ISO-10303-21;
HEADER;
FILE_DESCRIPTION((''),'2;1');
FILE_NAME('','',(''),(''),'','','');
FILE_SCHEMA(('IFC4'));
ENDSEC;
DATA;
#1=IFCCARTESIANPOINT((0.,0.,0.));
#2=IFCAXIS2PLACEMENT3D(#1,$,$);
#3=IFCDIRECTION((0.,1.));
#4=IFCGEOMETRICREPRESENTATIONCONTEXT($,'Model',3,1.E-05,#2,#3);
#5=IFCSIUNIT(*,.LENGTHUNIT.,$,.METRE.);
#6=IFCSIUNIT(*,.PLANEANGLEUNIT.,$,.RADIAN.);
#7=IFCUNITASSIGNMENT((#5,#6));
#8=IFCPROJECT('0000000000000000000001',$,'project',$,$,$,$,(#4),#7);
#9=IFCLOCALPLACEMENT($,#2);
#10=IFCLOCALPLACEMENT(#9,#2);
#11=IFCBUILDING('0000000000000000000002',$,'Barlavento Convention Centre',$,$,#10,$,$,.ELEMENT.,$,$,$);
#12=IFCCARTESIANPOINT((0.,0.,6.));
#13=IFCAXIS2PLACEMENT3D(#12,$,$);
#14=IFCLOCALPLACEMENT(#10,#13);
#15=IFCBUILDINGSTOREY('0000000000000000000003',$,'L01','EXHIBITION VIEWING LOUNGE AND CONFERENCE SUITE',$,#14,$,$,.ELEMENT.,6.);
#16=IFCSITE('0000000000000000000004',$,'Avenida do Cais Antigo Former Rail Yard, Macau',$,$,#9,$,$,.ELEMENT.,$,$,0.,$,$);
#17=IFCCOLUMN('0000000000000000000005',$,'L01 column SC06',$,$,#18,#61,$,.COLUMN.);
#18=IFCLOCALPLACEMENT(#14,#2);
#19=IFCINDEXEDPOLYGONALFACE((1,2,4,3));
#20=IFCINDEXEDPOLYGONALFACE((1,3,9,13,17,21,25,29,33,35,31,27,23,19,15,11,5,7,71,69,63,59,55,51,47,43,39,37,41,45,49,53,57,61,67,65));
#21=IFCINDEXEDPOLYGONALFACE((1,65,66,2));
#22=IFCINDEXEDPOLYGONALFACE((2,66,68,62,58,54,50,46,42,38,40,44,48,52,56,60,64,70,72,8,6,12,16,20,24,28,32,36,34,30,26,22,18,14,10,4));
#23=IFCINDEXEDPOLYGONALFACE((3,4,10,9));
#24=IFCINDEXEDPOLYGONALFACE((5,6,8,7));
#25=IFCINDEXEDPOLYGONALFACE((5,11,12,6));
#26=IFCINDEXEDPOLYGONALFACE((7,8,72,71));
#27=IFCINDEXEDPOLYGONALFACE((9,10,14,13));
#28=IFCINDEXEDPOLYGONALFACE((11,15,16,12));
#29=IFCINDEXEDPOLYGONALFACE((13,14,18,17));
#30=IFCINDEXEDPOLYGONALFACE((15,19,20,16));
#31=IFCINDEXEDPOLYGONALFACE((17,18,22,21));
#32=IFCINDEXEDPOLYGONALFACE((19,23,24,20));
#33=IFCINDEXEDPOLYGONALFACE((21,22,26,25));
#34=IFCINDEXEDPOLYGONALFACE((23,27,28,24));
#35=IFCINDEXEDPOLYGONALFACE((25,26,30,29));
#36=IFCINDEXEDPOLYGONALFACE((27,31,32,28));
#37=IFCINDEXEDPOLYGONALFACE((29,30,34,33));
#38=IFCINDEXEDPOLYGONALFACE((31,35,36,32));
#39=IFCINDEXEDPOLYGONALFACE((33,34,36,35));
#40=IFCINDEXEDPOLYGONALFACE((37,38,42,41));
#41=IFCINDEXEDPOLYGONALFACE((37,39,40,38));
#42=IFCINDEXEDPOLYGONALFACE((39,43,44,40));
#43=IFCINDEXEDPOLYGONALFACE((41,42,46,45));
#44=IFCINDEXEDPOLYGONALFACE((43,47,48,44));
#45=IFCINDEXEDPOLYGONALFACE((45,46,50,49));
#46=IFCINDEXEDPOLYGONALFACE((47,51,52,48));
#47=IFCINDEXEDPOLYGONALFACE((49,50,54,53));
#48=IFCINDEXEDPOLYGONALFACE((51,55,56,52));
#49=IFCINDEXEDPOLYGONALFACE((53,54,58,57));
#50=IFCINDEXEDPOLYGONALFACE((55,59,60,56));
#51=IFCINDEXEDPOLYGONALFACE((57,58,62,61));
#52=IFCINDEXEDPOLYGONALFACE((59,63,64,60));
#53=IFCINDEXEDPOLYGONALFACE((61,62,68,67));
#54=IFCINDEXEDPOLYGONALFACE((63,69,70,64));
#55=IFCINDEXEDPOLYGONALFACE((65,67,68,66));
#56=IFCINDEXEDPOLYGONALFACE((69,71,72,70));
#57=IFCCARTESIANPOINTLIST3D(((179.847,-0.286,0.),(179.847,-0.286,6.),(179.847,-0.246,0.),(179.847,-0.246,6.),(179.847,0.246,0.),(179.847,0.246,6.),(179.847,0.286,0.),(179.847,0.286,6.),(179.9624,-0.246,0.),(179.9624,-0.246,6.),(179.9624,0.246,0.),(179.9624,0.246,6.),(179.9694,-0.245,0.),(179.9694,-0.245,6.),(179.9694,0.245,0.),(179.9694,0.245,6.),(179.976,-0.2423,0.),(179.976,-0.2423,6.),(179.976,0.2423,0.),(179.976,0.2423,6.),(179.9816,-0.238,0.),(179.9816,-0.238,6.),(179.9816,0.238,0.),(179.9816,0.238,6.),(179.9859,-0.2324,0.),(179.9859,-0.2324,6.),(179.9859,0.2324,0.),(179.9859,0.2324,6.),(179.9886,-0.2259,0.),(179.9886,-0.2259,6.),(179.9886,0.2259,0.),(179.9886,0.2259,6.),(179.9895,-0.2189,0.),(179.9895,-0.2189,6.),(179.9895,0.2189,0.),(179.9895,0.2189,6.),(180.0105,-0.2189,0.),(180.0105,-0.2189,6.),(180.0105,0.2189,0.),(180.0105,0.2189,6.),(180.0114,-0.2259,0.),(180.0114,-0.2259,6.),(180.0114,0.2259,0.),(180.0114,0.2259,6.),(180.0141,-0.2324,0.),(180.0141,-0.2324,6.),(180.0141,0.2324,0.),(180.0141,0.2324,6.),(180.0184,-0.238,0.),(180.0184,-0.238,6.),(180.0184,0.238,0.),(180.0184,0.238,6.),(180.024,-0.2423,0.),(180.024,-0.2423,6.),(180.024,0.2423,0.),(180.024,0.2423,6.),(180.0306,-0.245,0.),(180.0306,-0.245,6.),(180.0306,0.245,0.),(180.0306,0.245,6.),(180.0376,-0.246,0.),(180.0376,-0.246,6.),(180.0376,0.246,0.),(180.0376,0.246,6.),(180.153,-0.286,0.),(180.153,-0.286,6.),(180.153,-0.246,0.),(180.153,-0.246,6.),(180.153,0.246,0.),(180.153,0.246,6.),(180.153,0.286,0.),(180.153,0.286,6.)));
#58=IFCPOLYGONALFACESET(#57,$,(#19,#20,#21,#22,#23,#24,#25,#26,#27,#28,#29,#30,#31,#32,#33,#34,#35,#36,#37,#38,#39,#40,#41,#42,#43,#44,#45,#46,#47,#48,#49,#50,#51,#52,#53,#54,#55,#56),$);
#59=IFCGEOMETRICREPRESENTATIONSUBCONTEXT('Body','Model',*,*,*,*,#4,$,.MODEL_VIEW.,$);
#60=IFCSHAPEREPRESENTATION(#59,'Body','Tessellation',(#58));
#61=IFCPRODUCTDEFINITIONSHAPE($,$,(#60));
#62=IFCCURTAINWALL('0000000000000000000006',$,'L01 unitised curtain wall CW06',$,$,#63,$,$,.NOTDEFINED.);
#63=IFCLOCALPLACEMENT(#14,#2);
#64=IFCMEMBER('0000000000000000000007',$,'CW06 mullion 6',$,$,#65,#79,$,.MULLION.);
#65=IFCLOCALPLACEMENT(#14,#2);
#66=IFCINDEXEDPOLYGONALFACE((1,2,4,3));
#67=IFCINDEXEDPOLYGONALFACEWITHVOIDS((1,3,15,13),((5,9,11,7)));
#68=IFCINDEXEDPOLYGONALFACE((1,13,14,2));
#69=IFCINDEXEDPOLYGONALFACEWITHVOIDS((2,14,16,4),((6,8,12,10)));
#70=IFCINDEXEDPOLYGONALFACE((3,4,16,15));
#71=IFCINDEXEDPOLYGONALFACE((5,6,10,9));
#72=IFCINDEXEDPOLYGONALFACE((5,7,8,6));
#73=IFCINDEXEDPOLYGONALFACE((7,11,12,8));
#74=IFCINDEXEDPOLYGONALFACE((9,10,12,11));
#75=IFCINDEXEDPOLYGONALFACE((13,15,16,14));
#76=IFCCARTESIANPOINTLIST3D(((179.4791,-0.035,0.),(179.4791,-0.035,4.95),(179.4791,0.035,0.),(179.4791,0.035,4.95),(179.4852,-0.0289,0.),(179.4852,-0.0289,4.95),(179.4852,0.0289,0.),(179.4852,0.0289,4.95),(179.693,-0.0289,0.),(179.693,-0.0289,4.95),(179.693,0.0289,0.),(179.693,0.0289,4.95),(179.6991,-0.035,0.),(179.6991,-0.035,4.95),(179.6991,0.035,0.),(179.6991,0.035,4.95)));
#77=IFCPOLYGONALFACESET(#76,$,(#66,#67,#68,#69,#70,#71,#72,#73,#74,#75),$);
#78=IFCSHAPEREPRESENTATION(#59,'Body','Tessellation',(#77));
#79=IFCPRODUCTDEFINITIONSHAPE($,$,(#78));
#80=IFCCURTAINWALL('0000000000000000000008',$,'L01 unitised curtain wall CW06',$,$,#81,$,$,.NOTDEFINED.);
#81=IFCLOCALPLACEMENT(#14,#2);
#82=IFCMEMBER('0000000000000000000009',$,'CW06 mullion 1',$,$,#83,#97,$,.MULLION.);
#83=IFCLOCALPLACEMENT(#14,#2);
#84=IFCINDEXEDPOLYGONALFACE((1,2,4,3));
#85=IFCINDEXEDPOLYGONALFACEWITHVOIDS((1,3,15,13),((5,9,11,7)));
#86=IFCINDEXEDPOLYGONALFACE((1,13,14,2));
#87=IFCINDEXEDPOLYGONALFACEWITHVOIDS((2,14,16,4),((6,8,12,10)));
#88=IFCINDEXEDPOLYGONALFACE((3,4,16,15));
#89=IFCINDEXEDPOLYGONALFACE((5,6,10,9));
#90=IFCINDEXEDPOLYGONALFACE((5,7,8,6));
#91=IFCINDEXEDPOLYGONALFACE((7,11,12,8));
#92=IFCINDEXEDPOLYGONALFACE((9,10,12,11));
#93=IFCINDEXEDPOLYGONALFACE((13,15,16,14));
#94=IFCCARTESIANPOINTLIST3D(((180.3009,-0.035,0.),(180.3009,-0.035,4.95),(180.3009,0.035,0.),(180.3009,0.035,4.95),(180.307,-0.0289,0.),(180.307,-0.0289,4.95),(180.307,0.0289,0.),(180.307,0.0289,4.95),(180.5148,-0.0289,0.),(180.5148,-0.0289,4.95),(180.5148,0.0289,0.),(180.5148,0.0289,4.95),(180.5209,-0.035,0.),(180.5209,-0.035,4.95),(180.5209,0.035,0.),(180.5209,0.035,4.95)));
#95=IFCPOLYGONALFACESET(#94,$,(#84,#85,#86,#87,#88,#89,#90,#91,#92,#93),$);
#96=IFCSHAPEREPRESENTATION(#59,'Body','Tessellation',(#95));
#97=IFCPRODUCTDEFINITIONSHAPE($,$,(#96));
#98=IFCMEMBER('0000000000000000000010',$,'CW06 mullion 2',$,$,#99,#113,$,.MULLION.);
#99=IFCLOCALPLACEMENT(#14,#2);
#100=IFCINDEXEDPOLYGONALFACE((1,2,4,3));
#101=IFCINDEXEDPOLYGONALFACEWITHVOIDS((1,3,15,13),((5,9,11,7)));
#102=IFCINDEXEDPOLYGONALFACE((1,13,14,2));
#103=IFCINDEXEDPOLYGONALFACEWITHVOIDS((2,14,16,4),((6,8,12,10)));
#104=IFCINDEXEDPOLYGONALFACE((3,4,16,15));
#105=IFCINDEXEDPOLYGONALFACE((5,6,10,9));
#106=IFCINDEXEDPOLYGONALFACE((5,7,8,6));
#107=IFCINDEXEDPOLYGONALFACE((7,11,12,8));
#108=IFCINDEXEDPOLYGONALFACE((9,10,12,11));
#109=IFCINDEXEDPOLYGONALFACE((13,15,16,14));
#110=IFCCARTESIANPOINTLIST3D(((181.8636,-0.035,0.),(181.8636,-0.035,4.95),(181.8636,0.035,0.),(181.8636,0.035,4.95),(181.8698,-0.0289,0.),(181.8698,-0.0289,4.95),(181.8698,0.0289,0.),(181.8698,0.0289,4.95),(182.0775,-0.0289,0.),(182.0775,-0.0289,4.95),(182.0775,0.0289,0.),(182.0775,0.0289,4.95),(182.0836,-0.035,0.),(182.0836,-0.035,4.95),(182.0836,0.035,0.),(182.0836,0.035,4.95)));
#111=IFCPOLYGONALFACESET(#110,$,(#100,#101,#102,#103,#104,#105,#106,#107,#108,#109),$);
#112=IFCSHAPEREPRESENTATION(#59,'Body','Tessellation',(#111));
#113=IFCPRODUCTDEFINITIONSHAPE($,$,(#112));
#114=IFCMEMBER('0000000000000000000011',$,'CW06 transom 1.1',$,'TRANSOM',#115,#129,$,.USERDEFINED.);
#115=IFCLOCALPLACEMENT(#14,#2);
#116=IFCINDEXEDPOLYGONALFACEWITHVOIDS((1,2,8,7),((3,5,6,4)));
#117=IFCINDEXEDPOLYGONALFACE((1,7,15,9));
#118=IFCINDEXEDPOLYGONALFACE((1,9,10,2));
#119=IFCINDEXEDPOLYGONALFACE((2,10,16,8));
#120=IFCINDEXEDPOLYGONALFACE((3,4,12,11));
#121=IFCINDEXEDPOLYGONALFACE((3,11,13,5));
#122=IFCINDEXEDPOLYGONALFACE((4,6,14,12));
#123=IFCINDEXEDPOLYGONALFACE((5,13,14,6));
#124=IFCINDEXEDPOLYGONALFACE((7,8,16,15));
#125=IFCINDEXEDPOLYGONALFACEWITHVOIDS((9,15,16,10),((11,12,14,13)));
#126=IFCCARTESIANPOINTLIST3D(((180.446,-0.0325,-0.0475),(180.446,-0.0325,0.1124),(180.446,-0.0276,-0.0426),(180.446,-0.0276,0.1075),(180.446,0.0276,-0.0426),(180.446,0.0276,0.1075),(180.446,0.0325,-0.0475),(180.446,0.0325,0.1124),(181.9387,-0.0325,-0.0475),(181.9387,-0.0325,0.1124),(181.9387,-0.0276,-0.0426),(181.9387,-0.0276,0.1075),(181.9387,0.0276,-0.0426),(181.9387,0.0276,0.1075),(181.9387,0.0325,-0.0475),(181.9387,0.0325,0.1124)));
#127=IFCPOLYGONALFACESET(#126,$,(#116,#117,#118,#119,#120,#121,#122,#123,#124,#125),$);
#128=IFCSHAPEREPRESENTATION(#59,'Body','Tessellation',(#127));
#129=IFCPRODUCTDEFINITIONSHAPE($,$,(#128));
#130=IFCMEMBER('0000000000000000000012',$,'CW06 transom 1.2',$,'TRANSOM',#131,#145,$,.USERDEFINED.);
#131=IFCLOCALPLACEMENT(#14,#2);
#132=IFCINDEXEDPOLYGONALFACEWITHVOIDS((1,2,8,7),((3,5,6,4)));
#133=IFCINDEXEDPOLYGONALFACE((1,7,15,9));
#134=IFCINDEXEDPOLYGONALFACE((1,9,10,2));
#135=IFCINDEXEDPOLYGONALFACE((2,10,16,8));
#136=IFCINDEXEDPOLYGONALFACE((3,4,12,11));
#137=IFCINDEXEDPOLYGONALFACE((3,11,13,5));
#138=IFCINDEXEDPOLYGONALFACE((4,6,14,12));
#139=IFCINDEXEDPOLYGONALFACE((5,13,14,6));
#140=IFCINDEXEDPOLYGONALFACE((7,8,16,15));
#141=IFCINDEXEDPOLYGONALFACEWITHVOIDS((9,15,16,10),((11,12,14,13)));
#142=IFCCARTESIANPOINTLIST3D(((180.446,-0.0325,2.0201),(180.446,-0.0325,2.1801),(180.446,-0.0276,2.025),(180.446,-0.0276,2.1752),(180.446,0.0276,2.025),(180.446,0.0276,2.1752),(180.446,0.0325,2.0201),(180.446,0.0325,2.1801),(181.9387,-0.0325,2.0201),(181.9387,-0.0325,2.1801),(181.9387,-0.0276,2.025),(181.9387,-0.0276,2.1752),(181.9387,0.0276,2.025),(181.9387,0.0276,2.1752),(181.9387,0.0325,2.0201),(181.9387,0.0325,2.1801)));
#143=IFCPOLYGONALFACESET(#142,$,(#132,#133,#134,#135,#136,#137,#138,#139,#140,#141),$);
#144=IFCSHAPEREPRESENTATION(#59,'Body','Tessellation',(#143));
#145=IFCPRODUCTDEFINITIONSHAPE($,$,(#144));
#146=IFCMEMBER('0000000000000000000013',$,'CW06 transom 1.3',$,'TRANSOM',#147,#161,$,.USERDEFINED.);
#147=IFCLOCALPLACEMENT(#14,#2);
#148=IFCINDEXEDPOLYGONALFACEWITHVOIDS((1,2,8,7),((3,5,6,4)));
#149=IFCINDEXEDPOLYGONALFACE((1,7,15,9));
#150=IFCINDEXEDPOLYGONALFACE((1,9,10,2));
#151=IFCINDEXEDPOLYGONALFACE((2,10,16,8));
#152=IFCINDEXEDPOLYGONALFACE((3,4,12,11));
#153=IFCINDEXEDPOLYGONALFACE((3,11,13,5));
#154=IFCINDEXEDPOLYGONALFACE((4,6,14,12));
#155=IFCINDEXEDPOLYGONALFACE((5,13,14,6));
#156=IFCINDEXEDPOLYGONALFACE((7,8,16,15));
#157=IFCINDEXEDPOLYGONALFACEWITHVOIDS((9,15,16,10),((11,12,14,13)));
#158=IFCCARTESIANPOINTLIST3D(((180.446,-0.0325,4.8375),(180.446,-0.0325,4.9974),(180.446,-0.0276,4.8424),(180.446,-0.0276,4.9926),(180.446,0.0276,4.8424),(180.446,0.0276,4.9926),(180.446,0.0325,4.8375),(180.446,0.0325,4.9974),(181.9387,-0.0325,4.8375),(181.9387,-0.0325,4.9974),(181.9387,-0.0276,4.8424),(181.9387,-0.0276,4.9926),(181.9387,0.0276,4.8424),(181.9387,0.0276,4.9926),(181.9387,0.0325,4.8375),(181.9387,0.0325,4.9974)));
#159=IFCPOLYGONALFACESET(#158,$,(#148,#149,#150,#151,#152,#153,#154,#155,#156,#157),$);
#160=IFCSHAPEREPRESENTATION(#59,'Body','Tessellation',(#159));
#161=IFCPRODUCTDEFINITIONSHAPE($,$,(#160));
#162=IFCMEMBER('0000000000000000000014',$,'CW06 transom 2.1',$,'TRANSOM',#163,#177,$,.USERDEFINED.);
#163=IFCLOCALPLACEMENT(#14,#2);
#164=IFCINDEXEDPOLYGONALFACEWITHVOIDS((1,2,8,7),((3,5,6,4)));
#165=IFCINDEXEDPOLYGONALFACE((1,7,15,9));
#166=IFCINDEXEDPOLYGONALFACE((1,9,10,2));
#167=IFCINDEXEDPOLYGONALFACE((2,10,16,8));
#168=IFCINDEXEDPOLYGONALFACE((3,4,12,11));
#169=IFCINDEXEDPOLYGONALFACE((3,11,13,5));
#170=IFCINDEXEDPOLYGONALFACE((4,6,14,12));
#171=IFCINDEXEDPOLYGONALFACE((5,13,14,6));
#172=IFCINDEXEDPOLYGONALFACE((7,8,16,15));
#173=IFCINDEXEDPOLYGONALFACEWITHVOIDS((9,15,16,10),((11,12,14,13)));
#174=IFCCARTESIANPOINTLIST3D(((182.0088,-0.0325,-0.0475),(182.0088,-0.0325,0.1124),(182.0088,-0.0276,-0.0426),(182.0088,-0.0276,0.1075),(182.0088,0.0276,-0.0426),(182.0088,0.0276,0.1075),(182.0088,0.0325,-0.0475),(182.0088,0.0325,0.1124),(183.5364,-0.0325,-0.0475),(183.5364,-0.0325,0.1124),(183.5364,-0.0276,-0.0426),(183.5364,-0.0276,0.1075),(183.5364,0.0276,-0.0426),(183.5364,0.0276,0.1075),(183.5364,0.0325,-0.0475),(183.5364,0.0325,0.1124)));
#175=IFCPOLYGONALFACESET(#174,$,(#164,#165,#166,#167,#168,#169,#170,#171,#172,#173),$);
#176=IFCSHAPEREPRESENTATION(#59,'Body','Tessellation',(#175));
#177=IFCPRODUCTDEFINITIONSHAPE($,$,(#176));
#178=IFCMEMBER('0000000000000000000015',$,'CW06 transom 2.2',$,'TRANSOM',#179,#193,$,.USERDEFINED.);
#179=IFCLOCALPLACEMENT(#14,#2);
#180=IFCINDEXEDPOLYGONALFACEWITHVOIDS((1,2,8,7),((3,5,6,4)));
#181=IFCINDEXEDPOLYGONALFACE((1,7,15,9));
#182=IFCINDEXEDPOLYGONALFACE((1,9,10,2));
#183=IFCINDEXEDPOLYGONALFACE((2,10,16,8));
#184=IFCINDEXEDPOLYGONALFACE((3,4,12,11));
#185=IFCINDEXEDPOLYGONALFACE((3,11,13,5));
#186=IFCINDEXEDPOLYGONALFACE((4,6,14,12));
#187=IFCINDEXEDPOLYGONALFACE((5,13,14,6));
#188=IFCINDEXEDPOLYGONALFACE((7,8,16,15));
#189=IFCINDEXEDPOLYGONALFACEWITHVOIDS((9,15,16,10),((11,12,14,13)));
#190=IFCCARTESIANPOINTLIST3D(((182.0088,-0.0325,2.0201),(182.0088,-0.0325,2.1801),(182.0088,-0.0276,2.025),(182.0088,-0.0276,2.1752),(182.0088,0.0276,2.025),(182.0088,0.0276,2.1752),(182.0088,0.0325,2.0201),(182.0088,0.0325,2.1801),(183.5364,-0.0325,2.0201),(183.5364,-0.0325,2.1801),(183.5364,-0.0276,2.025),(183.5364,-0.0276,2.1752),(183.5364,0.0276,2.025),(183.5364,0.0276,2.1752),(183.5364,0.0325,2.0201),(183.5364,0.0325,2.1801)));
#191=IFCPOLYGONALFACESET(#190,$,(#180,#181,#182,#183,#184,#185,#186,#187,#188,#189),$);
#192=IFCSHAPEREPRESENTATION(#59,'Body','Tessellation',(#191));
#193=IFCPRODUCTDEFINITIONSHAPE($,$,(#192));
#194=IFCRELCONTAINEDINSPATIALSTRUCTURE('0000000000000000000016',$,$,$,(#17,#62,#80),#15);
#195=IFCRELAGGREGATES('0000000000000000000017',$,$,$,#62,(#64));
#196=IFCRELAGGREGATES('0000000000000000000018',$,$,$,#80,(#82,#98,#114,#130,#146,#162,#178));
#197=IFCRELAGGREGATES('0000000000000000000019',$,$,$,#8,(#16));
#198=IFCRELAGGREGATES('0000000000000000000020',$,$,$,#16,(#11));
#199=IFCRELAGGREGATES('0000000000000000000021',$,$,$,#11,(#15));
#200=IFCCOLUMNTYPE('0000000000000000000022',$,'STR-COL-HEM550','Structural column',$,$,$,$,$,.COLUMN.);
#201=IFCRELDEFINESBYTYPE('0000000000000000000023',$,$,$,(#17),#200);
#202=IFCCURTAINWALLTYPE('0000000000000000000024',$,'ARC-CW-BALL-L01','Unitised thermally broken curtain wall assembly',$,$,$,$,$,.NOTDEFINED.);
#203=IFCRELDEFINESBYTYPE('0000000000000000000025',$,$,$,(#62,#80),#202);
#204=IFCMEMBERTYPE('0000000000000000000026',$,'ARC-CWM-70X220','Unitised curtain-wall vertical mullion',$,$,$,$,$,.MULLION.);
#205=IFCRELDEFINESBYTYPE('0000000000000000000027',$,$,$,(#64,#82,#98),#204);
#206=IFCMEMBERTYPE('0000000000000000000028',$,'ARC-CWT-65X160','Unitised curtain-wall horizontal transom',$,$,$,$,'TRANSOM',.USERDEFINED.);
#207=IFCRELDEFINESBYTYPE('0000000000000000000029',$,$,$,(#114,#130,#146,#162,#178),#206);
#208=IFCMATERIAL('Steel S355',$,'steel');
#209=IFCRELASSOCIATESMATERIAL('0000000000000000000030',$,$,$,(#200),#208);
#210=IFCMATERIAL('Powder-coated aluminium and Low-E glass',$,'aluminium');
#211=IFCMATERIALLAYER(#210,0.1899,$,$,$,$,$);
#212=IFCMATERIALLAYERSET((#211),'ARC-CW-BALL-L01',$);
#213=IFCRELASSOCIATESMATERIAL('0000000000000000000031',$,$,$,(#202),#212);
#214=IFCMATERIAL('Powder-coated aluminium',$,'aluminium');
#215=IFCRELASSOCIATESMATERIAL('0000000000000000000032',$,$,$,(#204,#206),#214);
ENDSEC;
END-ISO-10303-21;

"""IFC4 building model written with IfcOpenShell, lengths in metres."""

from ifc_helpers import new_model, si_unit, direction, frame, origin, origin_2d, place, context, subcontext, project, spatial, hollow_rectangle, i_section, extrude, material, layer, layer_set, material_profile, profile_set, type_object, element, aggregate, save


model = new_model("IFC4")

# Units and contexts
model_context = context("Model", 3, precision=1e-05, world=origin(), true_north=direction((0.0, 1.0)))
body_context = subcontext(model_context, "Body", "Model", "MODEL_VIEW")
ifc_project = project(units=[si_unit("LENGTHUNIT", "METRE"), si_unit("PLANEANGLEUNIT", "RADIAN")], contexts=[model_context])

# Site, building, storey
site_placement = place(None, origin())
site = spatial("IfcSite", under=ifc_project, at=site_placement, Name="Avenida do Cais Antigo Former Rail Yard, Macau", CompositionType="ELEMENT", RefElevation=0.0)
building_placement = place(site_placement, origin())
building = spatial("IfcBuilding", under=site, at=building_placement, Name="Barlavento Convention Centre", CompositionType="ELEMENT")
storey_placement = place(building_placement, frame((0.0, 0.0, 6.0)))
storey = spatial("IfcBuildingStorey", under=building, at=storey_placement, Name="L01", Description="EXHIBITION VIEWING LOUNGE AND CONFERENCE SUITE", CompositionType="ELEMENT", Elevation=6.0)

# Column
ifc_material_1 = material(Name="Steel S355", Category="steel")
ifc_material_profile_1 = material_profile(ifc_material_1, i_section(OverallWidth=0.3059, OverallDepth=0.572, WebThickness=0.021, FlangeThickness=0.04, FilletRadius=0.0271, at=origin_2d()), Name="HEM 550")
ifc_profile_set_1 = profile_set([ifc_material_profile_1], Name="Steel S355")
column_type = type_object("IfcColumnType", Name="STR-COL-HEM550", Description="Structural column", PredefinedType="COLUMN", material=ifc_profile_set_1)
column_placement = place(storey_placement, frame((180.0, 0.0, 0.0), z_axis=(0.0, 0.0, 1.0), x_axis=(1.0, 0.0, 0.0)))
element("IfcColumn", 1, at=column_placement, inside=storey, type_object=column_type, Name="L01 column SC06", PredefinedType="COLUMN", context=body_context, shape_type="SweptSolid", body=[
    extrude(i_section(OverallWidth=0.3059, OverallDepth=0.572, WebThickness=0.021, FlangeThickness=0.04, FilletRadius=0.0271, at=origin_2d()), origin(), (0.0, 0.0, 1.0), 6.0),
])

# Curtain wall, member
ifc_material_2 = material(Name="Powder-coated aluminium and Low-E glass", Category="aluminium")
ifc_layer_1 = layer(ifc_material_2, 0.1899)
ifc_layer_set_1 = layer_set([ifc_layer_1], Name="ARC-CW-BALL-L01")
curtain_wall_type = type_object("IfcCurtainWallType", Name="ARC-CW-BALL-L01", Description="Unitised thermally broken curtain wall assembly", PredefinedType="NOTDEFINED", material=ifc_layer_set_1)
curtain_wall_1_placement = place(storey_placement, origin())
curtain_wall_1 = element("IfcCurtainWall", 2, at=curtain_wall_1_placement, inside=storey, type_object=curtain_wall_type, Name="L01 unitised curtain wall CW06", PredefinedType="NOTDEFINED")
ifc_material_3 = material(Name="Powder-coated aluminium", Category="aluminium")
ifc_material_profile_2 = material_profile(ifc_material_3, hollow_rectangle(XDim=0.0701, YDim=0.22, WallThickness=0.0061, at=origin_2d()), Name="AL-MULL 70x220x6")
ifc_profile_set_2 = profile_set([ifc_material_profile_2], Name="Powder-coated aluminium")
member_type_1 = type_object("IfcMemberType", Name="ARC-CWM-70X220", Description="Unitised curtain-wall vertical mullion", PredefinedType="MULLION", material=ifc_profile_set_2)
member_1_placement = place(storey_placement, frame((179.5891, 0.0, 0.0), z_axis=(0.0, 0.0, 1.0), x_axis=(0.0, 1.0, 0.0)))
member_1 = element("IfcMember", 3, at=member_1_placement, type_object=member_type_1, Name="CW06 mullion 6", PredefinedType="MULLION", context=body_context, shape_type="SweptSolid", body=[
    extrude(hollow_rectangle(XDim=0.0701, YDim=0.22, WallThickness=0.0061, at=origin_2d()), origin(), (0.0, 0.0, 1.0), 4.95),
])

# Curtain wall, members
curtain_wall_2_placement = place(storey_placement, origin())
curtain_wall_2 = element("IfcCurtainWall", 4, at=curtain_wall_2_placement, inside=storey, type_object=curtain_wall_type, Name="L01 unitised curtain wall CW06", PredefinedType="NOTDEFINED")
member_2_placement = place(storey_placement, frame((180.4109, 0.0, 0.0), z_axis=(0.0, 0.0, 1.0), x_axis=(0.0, 1.0, 0.0)))
member_2 = element("IfcMember", 5, at=member_2_placement, type_object=member_type_1, Name="CW06 mullion 1", PredefinedType="MULLION", context=body_context, shape_type="SweptSolid", body=[
    extrude(hollow_rectangle(XDim=0.0701, YDim=0.22, WallThickness=0.0061, at=origin_2d()), origin(), (0.0, 0.0, 1.0), 4.95),
])
member_3_placement = place(storey_placement, frame((181.9736, 0.0, 0.0), z_axis=(0.0, 0.0, 1.0), x_axis=(0.0, 1.0, 0.0)))
member_3 = element("IfcMember", 6, at=member_3_placement, type_object=member_type_1, Name="CW06 mullion 2", PredefinedType="MULLION", context=body_context, shape_type="SweptSolid", body=[
    extrude(hollow_rectangle(XDim=0.0701, YDim=0.22, WallThickness=0.0061, at=origin_2d()), origin(), (0.0, 0.0, 1.0), 4.95),
])
ifc_material_profile_3 = material_profile(ifc_material_3, hollow_rectangle(XDim=0.0649, YDim=0.1599, WallThickness=0.0049, at=origin_2d()), Name="AL-TRAN 65x160x5")
ifc_profile_set_3 = profile_set([ifc_material_profile_3], Name="Powder-coated aluminium")
member_type_2 = type_object("IfcMemberType", Name="ARC-CWT-65X160", Description="Unitised curtain-wall horizontal transom", ElementType="TRANSOM", PredefinedType="USERDEFINED", material=ifc_profile_set_3)
member_4_placement = place(storey_placement, frame((180.446, 0.0, 0.0325), z_axis=(1.0, 0.0, 0.0), x_axis=(0.0, 1.0, 0.0)))
member_4 = element("IfcMember", 7, at=member_4_placement, type_object=member_type_2, Name="CW06 transom 1.1", ObjectType="TRANSOM", PredefinedType="USERDEFINED", context=body_context, shape_type="SweptSolid", body=[
    extrude(hollow_rectangle(XDim=0.0649, YDim=0.1599, WallThickness=0.0049, at=origin_2d()), origin(), (0.0, 0.0, 1.0), 1.4927),
])
member_5_placement = place(storey_placement, frame((180.446, 0.0, 2.1001), z_axis=(1.0, 0.0, 0.0), x_axis=(0.0, 1.0, 0.0)))
member_5 = element("IfcMember", 8, at=member_5_placement, type_object=member_type_2, Name="CW06 transom 1.2", ObjectType="TRANSOM", PredefinedType="USERDEFINED", context=body_context, shape_type="SweptSolid", body=[
    extrude(hollow_rectangle(XDim=0.0649, YDim=0.1599, WallThickness=0.0049, at=origin_2d()), origin(), (0.0, 0.0, 1.0), 1.4927),
])
member_6_placement = place(storey_placement, frame((180.446, 0.0, 4.9175), z_axis=(1.0, 0.0, 0.0), x_axis=(0.0, 1.0, 0.0)))
member_6 = element("IfcMember", 9, at=member_6_placement, type_object=member_type_2, Name="CW06 transom 1.3", ObjectType="TRANSOM", PredefinedType="USERDEFINED", context=body_context, shape_type="SweptSolid", body=[
    extrude(hollow_rectangle(XDim=0.0649, YDim=0.1599, WallThickness=0.0049, at=origin_2d()), origin(), (0.0, 0.0, 1.0), 1.4927),
])
member_7_placement = place(storey_placement, frame((182.0088, 0.0, 0.0325), z_axis=(1.0, 0.0, 0.0), x_axis=(0.0, 1.0, 0.0)))
member_7 = element("IfcMember", 10, at=member_7_placement, type_object=member_type_2, Name="CW06 transom 2.1", ObjectType="TRANSOM", PredefinedType="USERDEFINED", context=body_context, shape_type="SweptSolid", body=[
    extrude(hollow_rectangle(XDim=0.0649, YDim=0.1599, WallThickness=0.0049, at=origin_2d()), origin(), (0.0, 0.0, 1.0), 1.5276),
])
member_8_placement = place(storey_placement, frame((182.0088, 0.0, 2.1001), z_axis=(1.0, 0.0, 0.0), x_axis=(0.0, 1.0, 0.0)))
member_8 = element("IfcMember", 11, at=member_8_placement, type_object=member_type_2, Name="CW06 transom 2.2", ObjectType="TRANSOM", PredefinedType="USERDEFINED", context=body_context, shape_type="SweptSolid", body=[
    extrude(hollow_rectangle(XDim=0.0649, YDim=0.1599, WallThickness=0.0049, at=origin_2d()), origin(), (0.0, 0.0, 1.0), 1.5276),
])

aggregate(curtain_wall_1, [member_1])
aggregate(curtain_wall_2, [member_2, member_3, member_4, member_5, member_6, member_7, member_8])

save(model, "model.ifc")
